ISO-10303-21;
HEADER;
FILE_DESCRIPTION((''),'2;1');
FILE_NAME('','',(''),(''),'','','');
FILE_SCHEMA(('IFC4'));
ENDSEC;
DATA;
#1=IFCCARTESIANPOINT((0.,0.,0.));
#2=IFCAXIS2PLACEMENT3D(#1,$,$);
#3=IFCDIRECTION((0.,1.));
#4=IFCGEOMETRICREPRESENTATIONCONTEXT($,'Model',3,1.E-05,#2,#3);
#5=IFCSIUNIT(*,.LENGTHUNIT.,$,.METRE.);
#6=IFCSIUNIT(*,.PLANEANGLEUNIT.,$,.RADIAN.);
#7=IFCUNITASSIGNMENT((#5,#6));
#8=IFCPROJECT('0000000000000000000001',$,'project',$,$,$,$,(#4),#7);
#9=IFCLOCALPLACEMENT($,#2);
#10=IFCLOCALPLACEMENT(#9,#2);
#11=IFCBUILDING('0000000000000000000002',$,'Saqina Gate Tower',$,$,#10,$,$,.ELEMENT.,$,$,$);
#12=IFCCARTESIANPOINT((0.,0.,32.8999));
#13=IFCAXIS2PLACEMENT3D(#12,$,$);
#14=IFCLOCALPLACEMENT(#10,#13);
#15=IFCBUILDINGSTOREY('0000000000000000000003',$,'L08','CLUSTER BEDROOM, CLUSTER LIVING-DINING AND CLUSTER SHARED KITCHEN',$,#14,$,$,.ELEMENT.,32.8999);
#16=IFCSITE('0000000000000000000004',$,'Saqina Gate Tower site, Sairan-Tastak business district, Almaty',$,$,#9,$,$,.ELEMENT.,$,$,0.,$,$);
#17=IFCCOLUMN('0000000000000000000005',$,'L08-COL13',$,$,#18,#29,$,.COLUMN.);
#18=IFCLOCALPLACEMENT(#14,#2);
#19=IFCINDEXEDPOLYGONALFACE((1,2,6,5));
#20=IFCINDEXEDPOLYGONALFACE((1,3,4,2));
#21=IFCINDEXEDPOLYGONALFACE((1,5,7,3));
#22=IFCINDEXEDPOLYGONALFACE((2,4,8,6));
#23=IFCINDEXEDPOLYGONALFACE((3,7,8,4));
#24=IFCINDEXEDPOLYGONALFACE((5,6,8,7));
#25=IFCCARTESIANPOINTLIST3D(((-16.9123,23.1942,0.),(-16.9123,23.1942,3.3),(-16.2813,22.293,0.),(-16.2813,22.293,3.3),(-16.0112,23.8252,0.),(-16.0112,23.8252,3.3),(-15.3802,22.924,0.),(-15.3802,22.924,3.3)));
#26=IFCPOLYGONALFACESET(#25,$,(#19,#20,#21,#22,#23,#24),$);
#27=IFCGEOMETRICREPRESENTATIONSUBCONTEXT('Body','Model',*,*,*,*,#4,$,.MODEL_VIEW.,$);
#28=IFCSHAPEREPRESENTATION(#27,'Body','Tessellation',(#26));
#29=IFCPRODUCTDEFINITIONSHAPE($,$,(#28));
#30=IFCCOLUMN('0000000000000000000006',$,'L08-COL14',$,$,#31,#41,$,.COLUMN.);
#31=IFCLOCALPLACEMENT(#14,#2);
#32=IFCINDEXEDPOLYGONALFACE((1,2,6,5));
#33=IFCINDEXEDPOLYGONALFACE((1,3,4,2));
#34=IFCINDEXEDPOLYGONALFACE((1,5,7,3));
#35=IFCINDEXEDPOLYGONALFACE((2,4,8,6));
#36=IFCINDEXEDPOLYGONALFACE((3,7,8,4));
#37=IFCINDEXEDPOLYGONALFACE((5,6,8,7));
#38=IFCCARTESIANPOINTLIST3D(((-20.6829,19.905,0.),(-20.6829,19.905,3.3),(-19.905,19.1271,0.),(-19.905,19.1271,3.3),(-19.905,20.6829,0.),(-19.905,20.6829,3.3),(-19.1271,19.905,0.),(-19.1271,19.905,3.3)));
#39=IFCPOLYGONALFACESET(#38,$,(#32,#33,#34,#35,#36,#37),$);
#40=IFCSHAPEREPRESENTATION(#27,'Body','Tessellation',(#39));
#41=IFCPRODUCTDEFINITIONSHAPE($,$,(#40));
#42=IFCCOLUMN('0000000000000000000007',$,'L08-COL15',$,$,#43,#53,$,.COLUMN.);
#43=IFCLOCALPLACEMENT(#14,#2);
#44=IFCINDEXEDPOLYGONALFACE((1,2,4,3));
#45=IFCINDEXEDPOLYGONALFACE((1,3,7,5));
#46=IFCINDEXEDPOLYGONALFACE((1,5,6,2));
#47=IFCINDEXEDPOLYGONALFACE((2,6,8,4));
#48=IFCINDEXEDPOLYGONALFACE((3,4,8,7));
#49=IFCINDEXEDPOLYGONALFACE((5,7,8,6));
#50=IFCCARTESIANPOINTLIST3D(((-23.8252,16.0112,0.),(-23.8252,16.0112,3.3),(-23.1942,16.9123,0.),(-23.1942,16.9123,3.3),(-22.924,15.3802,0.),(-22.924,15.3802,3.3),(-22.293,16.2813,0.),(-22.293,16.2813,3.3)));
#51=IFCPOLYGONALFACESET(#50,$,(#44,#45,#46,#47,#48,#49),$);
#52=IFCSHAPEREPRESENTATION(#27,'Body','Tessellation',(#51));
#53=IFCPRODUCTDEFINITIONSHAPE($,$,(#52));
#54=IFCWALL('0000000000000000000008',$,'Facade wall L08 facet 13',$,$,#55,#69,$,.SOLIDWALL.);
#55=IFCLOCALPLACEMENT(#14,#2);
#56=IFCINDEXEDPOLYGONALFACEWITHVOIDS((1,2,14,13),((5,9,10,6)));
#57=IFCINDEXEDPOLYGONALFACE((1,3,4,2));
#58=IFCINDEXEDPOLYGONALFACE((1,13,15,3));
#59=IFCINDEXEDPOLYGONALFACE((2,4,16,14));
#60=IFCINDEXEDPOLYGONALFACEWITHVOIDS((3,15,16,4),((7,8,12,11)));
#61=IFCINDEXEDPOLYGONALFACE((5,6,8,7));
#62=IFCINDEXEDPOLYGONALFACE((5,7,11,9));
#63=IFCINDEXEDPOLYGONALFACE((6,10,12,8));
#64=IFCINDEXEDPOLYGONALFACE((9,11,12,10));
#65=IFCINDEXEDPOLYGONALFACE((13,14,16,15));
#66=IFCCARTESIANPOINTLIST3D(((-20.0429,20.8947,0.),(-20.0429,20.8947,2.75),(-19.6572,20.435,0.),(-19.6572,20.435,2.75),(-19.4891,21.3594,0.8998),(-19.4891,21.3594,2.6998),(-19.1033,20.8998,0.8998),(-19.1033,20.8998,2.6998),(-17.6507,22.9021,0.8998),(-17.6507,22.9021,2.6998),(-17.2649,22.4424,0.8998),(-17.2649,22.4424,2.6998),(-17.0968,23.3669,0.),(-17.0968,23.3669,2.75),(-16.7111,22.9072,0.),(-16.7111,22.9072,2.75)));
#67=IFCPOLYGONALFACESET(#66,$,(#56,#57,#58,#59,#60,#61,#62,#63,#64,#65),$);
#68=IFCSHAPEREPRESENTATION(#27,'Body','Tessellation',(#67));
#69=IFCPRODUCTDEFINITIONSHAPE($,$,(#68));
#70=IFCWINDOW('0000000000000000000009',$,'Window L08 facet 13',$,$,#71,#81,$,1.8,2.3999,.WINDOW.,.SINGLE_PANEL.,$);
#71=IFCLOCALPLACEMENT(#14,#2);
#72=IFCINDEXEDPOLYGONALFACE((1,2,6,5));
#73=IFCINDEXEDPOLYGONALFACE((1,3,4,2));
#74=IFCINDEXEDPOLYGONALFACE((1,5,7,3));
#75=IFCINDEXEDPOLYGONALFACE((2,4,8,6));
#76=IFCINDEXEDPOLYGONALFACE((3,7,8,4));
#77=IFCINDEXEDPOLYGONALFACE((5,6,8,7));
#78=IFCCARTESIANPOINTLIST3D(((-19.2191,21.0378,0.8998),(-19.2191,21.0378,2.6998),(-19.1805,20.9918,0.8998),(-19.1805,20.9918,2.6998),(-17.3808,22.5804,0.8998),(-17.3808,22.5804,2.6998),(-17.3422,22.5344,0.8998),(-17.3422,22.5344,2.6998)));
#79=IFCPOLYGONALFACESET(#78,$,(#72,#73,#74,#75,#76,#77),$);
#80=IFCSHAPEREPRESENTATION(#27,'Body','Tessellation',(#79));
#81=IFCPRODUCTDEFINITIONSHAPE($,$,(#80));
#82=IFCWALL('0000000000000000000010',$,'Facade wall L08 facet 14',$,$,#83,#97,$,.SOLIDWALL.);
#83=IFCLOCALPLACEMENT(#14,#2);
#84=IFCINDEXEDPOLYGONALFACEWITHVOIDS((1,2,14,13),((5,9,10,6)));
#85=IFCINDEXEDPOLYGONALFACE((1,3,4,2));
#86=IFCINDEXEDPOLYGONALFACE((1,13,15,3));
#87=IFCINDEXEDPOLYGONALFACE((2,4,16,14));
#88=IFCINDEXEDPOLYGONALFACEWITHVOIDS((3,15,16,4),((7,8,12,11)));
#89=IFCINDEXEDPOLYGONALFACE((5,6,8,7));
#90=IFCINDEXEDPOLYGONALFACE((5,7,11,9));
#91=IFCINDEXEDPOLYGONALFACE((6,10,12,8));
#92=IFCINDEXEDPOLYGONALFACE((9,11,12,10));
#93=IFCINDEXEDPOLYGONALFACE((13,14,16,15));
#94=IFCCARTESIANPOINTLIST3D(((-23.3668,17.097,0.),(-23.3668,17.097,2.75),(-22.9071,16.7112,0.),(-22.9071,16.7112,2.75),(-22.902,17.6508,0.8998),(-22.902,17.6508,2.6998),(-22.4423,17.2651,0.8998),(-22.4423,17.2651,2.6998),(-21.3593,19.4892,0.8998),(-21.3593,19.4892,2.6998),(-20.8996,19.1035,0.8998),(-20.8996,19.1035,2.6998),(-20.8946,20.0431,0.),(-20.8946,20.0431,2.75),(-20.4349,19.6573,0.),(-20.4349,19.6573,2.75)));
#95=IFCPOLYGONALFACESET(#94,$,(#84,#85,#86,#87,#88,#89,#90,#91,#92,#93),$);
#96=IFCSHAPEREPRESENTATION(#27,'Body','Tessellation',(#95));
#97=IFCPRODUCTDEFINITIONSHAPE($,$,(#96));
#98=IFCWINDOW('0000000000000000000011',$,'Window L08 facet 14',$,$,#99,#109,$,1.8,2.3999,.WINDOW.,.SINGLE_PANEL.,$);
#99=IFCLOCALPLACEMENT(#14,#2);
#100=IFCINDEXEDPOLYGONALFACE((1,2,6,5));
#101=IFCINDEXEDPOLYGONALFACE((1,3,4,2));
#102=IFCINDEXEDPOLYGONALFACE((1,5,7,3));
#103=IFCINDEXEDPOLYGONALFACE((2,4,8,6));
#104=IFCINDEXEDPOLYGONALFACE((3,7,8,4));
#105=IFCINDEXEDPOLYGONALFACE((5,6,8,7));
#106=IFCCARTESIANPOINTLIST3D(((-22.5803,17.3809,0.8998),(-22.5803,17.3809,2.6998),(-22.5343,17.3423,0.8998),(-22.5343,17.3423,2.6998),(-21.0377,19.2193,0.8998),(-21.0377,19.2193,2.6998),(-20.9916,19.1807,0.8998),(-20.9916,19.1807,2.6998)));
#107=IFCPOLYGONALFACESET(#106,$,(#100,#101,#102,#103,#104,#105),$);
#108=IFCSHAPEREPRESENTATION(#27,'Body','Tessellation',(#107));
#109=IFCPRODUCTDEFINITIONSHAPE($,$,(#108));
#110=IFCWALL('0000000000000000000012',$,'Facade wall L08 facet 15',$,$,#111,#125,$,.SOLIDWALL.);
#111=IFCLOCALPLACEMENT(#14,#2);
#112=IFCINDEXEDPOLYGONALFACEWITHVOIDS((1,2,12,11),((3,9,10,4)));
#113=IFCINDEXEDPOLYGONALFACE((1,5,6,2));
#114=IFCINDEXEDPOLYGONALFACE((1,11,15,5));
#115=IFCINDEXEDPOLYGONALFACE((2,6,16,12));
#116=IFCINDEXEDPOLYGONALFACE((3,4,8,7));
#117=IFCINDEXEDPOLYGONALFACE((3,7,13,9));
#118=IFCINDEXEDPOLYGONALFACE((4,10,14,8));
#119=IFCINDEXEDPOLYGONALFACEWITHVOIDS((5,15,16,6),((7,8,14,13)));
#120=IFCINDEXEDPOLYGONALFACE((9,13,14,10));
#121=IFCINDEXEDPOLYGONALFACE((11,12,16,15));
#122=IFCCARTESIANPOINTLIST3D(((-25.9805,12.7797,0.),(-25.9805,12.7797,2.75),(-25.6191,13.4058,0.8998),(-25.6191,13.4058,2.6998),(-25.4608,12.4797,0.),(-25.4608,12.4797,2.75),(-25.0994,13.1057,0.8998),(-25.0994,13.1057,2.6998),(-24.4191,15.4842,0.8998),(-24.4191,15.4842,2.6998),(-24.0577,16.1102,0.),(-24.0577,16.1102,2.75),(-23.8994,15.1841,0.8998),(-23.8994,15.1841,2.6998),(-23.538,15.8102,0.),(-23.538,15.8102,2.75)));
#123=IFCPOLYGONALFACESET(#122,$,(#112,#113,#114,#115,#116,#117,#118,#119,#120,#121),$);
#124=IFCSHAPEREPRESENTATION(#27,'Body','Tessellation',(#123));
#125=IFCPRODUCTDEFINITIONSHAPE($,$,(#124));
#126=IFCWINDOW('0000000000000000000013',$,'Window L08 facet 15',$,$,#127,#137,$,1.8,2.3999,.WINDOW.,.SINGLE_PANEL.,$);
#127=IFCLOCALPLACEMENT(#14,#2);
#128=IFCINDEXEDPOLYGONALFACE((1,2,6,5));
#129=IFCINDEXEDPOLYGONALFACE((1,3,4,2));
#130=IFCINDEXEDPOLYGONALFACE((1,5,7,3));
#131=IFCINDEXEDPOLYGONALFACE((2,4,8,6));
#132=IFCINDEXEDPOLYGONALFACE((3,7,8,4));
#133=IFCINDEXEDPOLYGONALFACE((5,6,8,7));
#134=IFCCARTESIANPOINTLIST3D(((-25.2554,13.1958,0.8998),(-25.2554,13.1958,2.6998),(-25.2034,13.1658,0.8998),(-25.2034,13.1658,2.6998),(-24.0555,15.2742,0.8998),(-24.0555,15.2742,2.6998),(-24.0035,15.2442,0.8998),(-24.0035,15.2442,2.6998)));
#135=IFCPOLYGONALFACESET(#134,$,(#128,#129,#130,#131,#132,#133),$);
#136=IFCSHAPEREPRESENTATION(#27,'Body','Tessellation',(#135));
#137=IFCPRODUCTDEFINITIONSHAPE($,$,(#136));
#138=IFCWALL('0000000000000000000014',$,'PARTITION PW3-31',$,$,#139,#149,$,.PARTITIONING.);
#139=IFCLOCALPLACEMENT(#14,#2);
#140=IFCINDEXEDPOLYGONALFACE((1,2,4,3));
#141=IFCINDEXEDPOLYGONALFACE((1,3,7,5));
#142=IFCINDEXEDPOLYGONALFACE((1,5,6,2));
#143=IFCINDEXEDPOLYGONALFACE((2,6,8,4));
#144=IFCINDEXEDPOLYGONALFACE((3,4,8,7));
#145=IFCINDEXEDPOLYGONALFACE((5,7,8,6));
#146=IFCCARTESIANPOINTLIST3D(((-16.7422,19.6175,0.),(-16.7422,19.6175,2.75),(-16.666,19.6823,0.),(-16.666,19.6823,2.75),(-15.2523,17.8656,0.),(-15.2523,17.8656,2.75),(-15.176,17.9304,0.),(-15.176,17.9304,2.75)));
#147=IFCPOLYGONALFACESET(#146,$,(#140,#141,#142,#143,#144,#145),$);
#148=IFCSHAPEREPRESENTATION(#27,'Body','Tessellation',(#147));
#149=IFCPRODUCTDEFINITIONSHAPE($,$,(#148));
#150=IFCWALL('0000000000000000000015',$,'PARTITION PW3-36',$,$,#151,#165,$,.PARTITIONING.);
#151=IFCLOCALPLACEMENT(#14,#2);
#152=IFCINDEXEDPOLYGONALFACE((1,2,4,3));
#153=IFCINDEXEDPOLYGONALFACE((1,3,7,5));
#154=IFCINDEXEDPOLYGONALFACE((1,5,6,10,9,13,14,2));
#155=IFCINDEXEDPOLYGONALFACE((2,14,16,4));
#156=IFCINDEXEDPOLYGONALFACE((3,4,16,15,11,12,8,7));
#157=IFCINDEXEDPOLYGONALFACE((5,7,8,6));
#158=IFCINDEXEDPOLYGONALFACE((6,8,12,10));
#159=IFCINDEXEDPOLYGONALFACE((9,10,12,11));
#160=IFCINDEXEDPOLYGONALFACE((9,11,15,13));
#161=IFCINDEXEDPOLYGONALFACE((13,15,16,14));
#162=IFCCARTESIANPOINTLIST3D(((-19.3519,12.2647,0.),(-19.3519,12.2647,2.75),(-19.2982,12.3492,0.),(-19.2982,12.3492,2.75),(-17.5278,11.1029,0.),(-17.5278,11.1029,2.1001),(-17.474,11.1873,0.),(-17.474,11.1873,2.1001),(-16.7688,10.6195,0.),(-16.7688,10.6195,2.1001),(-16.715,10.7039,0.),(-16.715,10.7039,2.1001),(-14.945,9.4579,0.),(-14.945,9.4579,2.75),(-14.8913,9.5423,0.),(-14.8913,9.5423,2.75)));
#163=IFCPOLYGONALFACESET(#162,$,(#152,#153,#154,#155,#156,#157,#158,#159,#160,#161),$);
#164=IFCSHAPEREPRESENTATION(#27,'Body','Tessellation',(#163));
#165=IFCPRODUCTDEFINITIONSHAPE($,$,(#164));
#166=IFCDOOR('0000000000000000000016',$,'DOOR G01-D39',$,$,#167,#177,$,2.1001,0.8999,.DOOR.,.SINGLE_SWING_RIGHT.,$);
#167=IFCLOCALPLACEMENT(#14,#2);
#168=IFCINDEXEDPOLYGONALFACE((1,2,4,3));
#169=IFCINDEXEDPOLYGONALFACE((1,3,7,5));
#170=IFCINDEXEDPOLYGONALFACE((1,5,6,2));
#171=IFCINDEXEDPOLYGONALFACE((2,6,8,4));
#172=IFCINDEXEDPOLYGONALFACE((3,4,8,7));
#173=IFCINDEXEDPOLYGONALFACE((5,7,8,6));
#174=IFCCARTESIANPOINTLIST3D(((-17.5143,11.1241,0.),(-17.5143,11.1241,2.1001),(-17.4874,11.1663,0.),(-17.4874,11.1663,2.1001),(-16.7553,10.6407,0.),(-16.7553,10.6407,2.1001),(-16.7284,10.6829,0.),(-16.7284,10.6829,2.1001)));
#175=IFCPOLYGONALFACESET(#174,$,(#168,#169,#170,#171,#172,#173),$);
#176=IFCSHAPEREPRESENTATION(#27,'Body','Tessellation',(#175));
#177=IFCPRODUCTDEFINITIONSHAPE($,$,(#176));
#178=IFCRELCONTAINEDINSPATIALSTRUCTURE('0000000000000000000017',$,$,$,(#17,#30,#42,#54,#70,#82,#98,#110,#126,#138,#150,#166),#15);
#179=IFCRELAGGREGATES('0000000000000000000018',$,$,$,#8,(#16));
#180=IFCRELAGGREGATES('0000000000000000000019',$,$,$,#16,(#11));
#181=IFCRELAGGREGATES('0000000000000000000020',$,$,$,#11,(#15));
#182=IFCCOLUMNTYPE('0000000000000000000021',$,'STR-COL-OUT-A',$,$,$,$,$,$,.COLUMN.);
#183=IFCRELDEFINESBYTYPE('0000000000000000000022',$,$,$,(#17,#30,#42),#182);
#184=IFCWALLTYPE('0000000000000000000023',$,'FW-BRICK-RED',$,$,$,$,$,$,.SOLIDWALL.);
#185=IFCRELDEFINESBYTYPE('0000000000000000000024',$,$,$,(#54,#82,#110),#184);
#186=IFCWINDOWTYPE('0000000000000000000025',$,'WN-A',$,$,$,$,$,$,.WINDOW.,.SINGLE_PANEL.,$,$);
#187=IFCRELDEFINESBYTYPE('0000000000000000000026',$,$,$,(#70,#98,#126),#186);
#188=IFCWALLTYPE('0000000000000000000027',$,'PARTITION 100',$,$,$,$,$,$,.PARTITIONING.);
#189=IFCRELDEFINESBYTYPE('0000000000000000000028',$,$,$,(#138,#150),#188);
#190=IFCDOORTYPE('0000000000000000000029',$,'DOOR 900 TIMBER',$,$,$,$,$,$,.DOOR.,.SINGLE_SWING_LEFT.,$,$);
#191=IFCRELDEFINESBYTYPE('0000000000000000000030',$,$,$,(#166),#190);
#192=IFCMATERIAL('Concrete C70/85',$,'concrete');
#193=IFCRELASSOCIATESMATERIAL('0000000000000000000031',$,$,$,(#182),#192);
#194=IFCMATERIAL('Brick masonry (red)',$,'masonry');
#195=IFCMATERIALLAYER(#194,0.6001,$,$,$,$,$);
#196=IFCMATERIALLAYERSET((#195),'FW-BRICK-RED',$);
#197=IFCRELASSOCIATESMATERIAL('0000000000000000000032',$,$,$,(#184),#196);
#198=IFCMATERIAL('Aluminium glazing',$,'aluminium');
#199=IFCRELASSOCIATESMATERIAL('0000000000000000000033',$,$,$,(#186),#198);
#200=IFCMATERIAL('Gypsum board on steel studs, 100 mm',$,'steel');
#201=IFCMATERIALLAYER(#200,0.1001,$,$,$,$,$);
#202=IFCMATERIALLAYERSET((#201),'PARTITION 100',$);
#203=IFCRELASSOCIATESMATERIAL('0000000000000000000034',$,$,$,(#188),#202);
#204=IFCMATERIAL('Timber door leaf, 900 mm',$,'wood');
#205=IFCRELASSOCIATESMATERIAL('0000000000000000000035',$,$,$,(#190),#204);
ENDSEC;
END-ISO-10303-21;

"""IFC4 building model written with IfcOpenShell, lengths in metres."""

from ifc_helpers import new_model, si_unit, direction, frame, frame_2d, origin, origin_2d, place, context, subcontext, project, spatial, rectangle, extrude, material, layer, layer_set, material_profile, profile_set, type_object, element, fill, save


model = new_model("IFC4")

# Units and contexts
model_context = context("Model", 3, precision=1e-05, world=origin(), true_north=direction((0.0, 1.0)))
body_context = subcontext(model_context, "Body", "Model", "MODEL_VIEW")
ifc_project = project(units=[si_unit("LENGTHUNIT", "METRE"), si_unit("PLANEANGLEUNIT", "RADIAN")], contexts=[model_context])

# Site, building, storey
site_placement = place(None, origin())
site = spatial("IfcSite", under=ifc_project, at=site_placement, Name="Saqina Gate Tower site, Sairan-Tastak business district, Almaty", CompositionType="ELEMENT", RefElevation=0.0)
building_placement = place(site_placement, origin())
building = spatial("IfcBuilding", under=site, at=building_placement, Name="Saqina Gate Tower", CompositionType="ELEMENT")
storey_placement = place(building_placement, frame((0.0, 0.0, 32.8999)))
storey = spatial("IfcBuildingStorey", under=building, at=storey_placement, Name="L08", Description="CLUSTER BEDROOM, CLUSTER LIVING-DINING AND CLUSTER SHARED KITCHEN", CompositionType="ELEMENT", Elevation=32.8999)

# Columns
ifc_material_1 = material(Name="Concrete C70/85", Category="concrete")
ifc_material_profile = material_profile(ifc_material_1, rectangle(XDim=1.1001, YDim=1.1001, at=origin_2d()), Name="RC 1100x1100")
ifc_profile_set = profile_set([ifc_material_profile], Name="Concrete C70/85")
column_type = type_object("IfcColumnType", Name="STR-COL-OUT-A", PredefinedType="COLUMN", material=ifc_profile_set)
for number, where, z_axis, x_axis, name in (
    (1, (-16.1462, 23.0591, 0.0), (0.0, 0.0, 1.0), (-0.573576, 0.819152, 0.0), "L08-COL13"),
    (2, (-19.905, 19.905, 0.0), (0.0, 0.0, 1.0), (-0.707107, 0.707107, 0.0), "L08-COL14"),
    (3, (-23.0591, 16.1462, 0.0), (0.0, 0.0, 1.0), (-0.819152, 0.573576, 0.0), "L08-COL15"),
):
    element("IfcColumn", number, at=place(storey_placement, frame(where, z_axis=z_axis, x_axis=x_axis)), inside=storey, type_object=column_type, Name=name, PredefinedType="COLUMN", context=body_context, shape_type="SweptSolid", body=[
        extrude(rectangle(XDim=1.1001, YDim=1.1001, at=origin_2d()), origin(), (0.0, 0.0, 1.0), 3.3),
    ])

# Walls, openings, windows
ifc_material_2 = material(Name="Brick masonry (red)", Category="masonry")
ifc_layer_1 = layer(ifc_material_2, 0.6001)
ifc_layer_set_1 = layer_set([ifc_layer_1], Name="FW-BRICK-RED")
wall_type_1 = type_object("IfcWallType", Name="FW-BRICK-RED", PredefinedType="SOLIDWALL", material=ifc_layer_set_1)
wall_1_placement = place(storey_placement, frame((-16.9041, 23.137, 0.0), z_axis=(0.0, 0.0, 1.0), x_axis=(-0.766026, -0.642809, 0.0)))
wall_1 = element("IfcWall", 4, at=wall_1_placement, inside=storey, type_object=wall_type_1, Name="Facade wall L08 facet 13", PredefinedType="SOLIDWALL", context=body_context, shape_type="SweptSolid", body=[
    extrude(rectangle(XDim=3.8459, YDim=0.6001, at=frame_2d((1.9229, 0.0))), origin(), (0.0, 0.0, 1.0), 2.75),
])
opening_1_placement = place(wall_1_placement, frame((0.7229, 0.0, 0.8999)))
opening_1 = element("IfcOpeningElement", 5, at=opening_1_placement, cuts=wall_1, PredefinedType="OPENING", context=body_context, shape_type="SweptSolid", body=[
    extrude(rectangle(XDim=2.3999, YDim=1.8, at=frame_2d((1.2, 0.8999))), frame((0.0, 0.312, 0.0), z_axis=(0.0, -1.0, 0.0), x_axis=(1.0, 0.0, 0.0)), (0.0, 0.0, 1.0), 0.624),
])
ifc_material_3 = material(Name="Aluminium glazing", Category="aluminium")
window_type = type_object("IfcWindowType", Name="WN-A", PartitioningType="SINGLE_PANEL", PredefinedType="WINDOW", material=ifc_material_3)
window_1_placement = place(opening_1_placement, origin())
window_1 = element("IfcWindow", 6, at=window_1_placement, inside=storey, type_object=window_type, Name="Window L08 facet 13", OverallHeight=1.8, OverallWidth=2.3999, PartitioningType="SINGLE_PANEL", PredefinedType="WINDOW", context=body_context, shape_type="SweptSolid", body=[
    extrude(rectangle(XDim=2.3999, YDim=1.8, at=frame_2d((1.2, 0.8999))), frame((0.0, 0.1799, 0.0), z_axis=(0.0, -1.0, 0.0), x_axis=(1.0, 0.0, 0.0)), (0.0, 0.0, 1.0), 0.0601),
])
fill(opening_1, window_1)
wall_2_placement = place(storey_placement, frame((-20.6648, 19.8501, 0.0), z_axis=(0.0, 0.0, 1.0), x_axis=(-0.642809, -0.766026, 0.0)))
wall_2 = element("IfcWall", 7, at=wall_2_placement, inside=storey, type_object=wall_type_1, Name="Facade wall L08 facet 14", PredefinedType="SOLIDWALL", context=body_context, shape_type="SweptSolid", body=[
    extrude(rectangle(XDim=3.8459, YDim=0.6001, at=frame_2d((1.9229, 0.0))), origin(), (0.0, 0.0, 1.0), 2.75),
])
opening_2_placement = place(wall_2_placement, frame((0.7229, 0.0, 0.8999)))
opening_2 = element("IfcOpeningElement", 8, at=opening_2_placement, cuts=wall_2, PredefinedType="OPENING", context=body_context, shape_type="SweptSolid", body=[
    extrude(rectangle(XDim=2.3999, YDim=1.8, at=frame_2d((1.2, 0.8999))), frame((0.0, 0.312, 0.0), z_axis=(0.0, -1.0, 0.0), x_axis=(1.0, 0.0, 0.0)), (0.0, 0.0, 1.0), 0.624),
])
window_2_placement = place(opening_2_placement, origin())
window_2 = element("IfcWindow", 9, at=window_2_placement, inside=storey, type_object=window_type, Name="Window L08 facet 14", OverallHeight=1.8, OverallWidth=2.3999, PartitioningType="SINGLE_PANEL", PredefinedType="WINDOW", context=body_context, shape_type="SweptSolid", body=[
    extrude(rectangle(XDim=2.3999, YDim=1.8, at=frame_2d((1.2, 0.8999))), frame((0.0, 0.1799, 0.0), z_axis=(0.0, -1.0, 0.0), x_axis=(1.0, 0.0, 0.0)), (0.0, 0.0, 1.0), 0.0601),
])
fill(opening_2, window_2)
wall_3_placement = place(storey_placement, frame((-23.7979, 15.9602, 0.0), z_axis=(0.0, 0.0, 1.0), x_axis=(-0.49999, -0.866031, 0.0)))
wall_3 = element("IfcWall", 10, at=wall_3_placement, inside=storey, type_object=wall_type_1, Name="Facade wall L08 facet 15", PredefinedType="SOLIDWALL", context=body_context, shape_type="SweptSolid", body=[
    extrude(rectangle(XDim=3.8457, YDim=0.6001, at=frame_2d((1.9229, 0.0))), origin(), (0.0, 0.0, 1.0), 2.75),
])
opening_3_placement = place(wall_3_placement, frame((0.7229, 0.0, 0.8999)))
opening_3 = element("IfcOpeningElement", 11, at=opening_3_placement, cuts=wall_3, PredefinedType="OPENING", context=body_context, shape_type="SweptSolid", body=[
    extrude(rectangle(XDim=2.3999, YDim=1.8, at=frame_2d((1.2, 0.8999))), frame((0.0, 0.312, 0.0), z_axis=(0.0, -1.0, 0.0), x_axis=(1.0, 0.0, 0.0)), (0.0, 0.0, 1.0), 0.624),
])
window_3_placement = place(opening_3_placement, origin())
window_3 = element("IfcWindow", 12, at=window_3_placement, inside=storey, type_object=window_type, Name="Window L08 facet 15", OverallHeight=1.8, OverallWidth=2.3999, PartitioningType="SINGLE_PANEL", PredefinedType="WINDOW", context=body_context, shape_type="SweptSolid", body=[
    extrude(rectangle(XDim=2.3999, YDim=1.8, at=frame_2d((1.2, 0.8999))), frame((0.0, 0.1799, 0.0), z_axis=(0.0, -1.0, 0.0), x_axis=(1.0, 0.0, 0.0)), (0.0, 0.0, 1.0), 0.0601),
])
fill(opening_3, window_3)

# Wall
ifc_material_4 = material(Name="Gypsum board on steel studs, 100 mm", Category="steel")
ifc_layer_2 = layer(ifc_material_4, 0.1001)
ifc_layer_set_2 = layer_set([ifc_layer_2], Name="PARTITION 100")
wall_type_2 = type_object("IfcWallType", Name="PARTITION 100", PredefinedType="PARTITIONING", material=ifc_layer_set_2)
wall_4_placement = place(storey_placement, frame((-16.7041, 19.6499, 0.0), z_axis=(0.0, 0.0, 1.0), x_axis=(0.647858, -0.761761, 0.0)))
element("IfcWall", 13, at=wall_4_placement, inside=storey, type_object=wall_type_2, Name="PARTITION PW3-31", PredefinedType="PARTITIONING", context=body_context, shape_type="SweptSolid", body=[
    extrude(rectangle(XDim=2.2998, YDim=0.1001, at=frame_2d((1.1499, 0.0))), origin(), (0.0, 0.0, 1.0), 2.75),
])

# Wall, opening, door
wall_5_placement = place(storey_placement, frame((-19.325, 12.3069, 0.0), z_axis=(0.0, 0.0, 1.0), x_axis=(0.84345, -0.537208, 0.0)))
wall_5 = element("IfcWall", 14, at=wall_5_placement, inside=storey, type_object=wall_type_2, Name="PARTITION PW3-36", PredefinedType="PARTITIONING", context=body_context, shape_type="SweptSolid", body=[
    extrude(rectangle(XDim=5.2249, YDim=0.1001, at=frame_2d((2.6123, 0.0))), origin(), (0.0, 0.0, 1.0), 2.75),
])
opening_4_placement = place(wall_5_placement, frame((2.1626, 0.0, 0.0)))
opening_4 = element("IfcOpeningElement", 15, at=opening_4_placement, cuts=wall_5, PredefinedType="OPENING", context=body_context, shape_type="SweptSolid", body=[
    extrude(rectangle(XDim=0.8999, YDim=2.1001, at=frame_2d((0.45, 1.05))), frame((0.0, 0.062, 0.0), z_axis=(0.0, -1.0, 0.0), x_axis=(1.0, 0.0, 0.0)), (0.0, 0.0, 1.0), 0.124),
])
ifc_material_5 = material(Name="Timber door leaf, 900 mm", Category="wood")
door_type_1 = type_object("IfcDoorType", Name="DOOR 900 TIMBER", OperationType="SINGLE_SWING_LEFT", PredefinedType="DOOR", material=ifc_material_5)
door_1_placement = place(opening_4_placement, frame((0.8999, 0.0, 0.0), z_axis=(0.0, 0.0, 1.0), x_axis=(-1.0, 0.0, 0.0)))
door_1 = element("IfcDoor", 16, at=door_1_placement, inside=storey, type_object=door_type_1, Name="DOOR G01-D39", OperationType="SINGLE_SWING_RIGHT", OverallHeight=2.1001, OverallWidth=0.8999, PredefinedType="DOOR", context=body_context, shape_type="SweptSolid", body=[
    extrude(rectangle(XDim=0.8999, YDim=2.1001, at=frame_2d((0.45, 1.05))), frame((0.0, 0.0249, 0.0), z_axis=(0.0, -1.0, 0.0), x_axis=(1.0, 0.0, 0.0)), (0.0, 0.0, 1.0), 0.05),
])
fill(opening_4, door_1)

save(model, "model.ifc")
